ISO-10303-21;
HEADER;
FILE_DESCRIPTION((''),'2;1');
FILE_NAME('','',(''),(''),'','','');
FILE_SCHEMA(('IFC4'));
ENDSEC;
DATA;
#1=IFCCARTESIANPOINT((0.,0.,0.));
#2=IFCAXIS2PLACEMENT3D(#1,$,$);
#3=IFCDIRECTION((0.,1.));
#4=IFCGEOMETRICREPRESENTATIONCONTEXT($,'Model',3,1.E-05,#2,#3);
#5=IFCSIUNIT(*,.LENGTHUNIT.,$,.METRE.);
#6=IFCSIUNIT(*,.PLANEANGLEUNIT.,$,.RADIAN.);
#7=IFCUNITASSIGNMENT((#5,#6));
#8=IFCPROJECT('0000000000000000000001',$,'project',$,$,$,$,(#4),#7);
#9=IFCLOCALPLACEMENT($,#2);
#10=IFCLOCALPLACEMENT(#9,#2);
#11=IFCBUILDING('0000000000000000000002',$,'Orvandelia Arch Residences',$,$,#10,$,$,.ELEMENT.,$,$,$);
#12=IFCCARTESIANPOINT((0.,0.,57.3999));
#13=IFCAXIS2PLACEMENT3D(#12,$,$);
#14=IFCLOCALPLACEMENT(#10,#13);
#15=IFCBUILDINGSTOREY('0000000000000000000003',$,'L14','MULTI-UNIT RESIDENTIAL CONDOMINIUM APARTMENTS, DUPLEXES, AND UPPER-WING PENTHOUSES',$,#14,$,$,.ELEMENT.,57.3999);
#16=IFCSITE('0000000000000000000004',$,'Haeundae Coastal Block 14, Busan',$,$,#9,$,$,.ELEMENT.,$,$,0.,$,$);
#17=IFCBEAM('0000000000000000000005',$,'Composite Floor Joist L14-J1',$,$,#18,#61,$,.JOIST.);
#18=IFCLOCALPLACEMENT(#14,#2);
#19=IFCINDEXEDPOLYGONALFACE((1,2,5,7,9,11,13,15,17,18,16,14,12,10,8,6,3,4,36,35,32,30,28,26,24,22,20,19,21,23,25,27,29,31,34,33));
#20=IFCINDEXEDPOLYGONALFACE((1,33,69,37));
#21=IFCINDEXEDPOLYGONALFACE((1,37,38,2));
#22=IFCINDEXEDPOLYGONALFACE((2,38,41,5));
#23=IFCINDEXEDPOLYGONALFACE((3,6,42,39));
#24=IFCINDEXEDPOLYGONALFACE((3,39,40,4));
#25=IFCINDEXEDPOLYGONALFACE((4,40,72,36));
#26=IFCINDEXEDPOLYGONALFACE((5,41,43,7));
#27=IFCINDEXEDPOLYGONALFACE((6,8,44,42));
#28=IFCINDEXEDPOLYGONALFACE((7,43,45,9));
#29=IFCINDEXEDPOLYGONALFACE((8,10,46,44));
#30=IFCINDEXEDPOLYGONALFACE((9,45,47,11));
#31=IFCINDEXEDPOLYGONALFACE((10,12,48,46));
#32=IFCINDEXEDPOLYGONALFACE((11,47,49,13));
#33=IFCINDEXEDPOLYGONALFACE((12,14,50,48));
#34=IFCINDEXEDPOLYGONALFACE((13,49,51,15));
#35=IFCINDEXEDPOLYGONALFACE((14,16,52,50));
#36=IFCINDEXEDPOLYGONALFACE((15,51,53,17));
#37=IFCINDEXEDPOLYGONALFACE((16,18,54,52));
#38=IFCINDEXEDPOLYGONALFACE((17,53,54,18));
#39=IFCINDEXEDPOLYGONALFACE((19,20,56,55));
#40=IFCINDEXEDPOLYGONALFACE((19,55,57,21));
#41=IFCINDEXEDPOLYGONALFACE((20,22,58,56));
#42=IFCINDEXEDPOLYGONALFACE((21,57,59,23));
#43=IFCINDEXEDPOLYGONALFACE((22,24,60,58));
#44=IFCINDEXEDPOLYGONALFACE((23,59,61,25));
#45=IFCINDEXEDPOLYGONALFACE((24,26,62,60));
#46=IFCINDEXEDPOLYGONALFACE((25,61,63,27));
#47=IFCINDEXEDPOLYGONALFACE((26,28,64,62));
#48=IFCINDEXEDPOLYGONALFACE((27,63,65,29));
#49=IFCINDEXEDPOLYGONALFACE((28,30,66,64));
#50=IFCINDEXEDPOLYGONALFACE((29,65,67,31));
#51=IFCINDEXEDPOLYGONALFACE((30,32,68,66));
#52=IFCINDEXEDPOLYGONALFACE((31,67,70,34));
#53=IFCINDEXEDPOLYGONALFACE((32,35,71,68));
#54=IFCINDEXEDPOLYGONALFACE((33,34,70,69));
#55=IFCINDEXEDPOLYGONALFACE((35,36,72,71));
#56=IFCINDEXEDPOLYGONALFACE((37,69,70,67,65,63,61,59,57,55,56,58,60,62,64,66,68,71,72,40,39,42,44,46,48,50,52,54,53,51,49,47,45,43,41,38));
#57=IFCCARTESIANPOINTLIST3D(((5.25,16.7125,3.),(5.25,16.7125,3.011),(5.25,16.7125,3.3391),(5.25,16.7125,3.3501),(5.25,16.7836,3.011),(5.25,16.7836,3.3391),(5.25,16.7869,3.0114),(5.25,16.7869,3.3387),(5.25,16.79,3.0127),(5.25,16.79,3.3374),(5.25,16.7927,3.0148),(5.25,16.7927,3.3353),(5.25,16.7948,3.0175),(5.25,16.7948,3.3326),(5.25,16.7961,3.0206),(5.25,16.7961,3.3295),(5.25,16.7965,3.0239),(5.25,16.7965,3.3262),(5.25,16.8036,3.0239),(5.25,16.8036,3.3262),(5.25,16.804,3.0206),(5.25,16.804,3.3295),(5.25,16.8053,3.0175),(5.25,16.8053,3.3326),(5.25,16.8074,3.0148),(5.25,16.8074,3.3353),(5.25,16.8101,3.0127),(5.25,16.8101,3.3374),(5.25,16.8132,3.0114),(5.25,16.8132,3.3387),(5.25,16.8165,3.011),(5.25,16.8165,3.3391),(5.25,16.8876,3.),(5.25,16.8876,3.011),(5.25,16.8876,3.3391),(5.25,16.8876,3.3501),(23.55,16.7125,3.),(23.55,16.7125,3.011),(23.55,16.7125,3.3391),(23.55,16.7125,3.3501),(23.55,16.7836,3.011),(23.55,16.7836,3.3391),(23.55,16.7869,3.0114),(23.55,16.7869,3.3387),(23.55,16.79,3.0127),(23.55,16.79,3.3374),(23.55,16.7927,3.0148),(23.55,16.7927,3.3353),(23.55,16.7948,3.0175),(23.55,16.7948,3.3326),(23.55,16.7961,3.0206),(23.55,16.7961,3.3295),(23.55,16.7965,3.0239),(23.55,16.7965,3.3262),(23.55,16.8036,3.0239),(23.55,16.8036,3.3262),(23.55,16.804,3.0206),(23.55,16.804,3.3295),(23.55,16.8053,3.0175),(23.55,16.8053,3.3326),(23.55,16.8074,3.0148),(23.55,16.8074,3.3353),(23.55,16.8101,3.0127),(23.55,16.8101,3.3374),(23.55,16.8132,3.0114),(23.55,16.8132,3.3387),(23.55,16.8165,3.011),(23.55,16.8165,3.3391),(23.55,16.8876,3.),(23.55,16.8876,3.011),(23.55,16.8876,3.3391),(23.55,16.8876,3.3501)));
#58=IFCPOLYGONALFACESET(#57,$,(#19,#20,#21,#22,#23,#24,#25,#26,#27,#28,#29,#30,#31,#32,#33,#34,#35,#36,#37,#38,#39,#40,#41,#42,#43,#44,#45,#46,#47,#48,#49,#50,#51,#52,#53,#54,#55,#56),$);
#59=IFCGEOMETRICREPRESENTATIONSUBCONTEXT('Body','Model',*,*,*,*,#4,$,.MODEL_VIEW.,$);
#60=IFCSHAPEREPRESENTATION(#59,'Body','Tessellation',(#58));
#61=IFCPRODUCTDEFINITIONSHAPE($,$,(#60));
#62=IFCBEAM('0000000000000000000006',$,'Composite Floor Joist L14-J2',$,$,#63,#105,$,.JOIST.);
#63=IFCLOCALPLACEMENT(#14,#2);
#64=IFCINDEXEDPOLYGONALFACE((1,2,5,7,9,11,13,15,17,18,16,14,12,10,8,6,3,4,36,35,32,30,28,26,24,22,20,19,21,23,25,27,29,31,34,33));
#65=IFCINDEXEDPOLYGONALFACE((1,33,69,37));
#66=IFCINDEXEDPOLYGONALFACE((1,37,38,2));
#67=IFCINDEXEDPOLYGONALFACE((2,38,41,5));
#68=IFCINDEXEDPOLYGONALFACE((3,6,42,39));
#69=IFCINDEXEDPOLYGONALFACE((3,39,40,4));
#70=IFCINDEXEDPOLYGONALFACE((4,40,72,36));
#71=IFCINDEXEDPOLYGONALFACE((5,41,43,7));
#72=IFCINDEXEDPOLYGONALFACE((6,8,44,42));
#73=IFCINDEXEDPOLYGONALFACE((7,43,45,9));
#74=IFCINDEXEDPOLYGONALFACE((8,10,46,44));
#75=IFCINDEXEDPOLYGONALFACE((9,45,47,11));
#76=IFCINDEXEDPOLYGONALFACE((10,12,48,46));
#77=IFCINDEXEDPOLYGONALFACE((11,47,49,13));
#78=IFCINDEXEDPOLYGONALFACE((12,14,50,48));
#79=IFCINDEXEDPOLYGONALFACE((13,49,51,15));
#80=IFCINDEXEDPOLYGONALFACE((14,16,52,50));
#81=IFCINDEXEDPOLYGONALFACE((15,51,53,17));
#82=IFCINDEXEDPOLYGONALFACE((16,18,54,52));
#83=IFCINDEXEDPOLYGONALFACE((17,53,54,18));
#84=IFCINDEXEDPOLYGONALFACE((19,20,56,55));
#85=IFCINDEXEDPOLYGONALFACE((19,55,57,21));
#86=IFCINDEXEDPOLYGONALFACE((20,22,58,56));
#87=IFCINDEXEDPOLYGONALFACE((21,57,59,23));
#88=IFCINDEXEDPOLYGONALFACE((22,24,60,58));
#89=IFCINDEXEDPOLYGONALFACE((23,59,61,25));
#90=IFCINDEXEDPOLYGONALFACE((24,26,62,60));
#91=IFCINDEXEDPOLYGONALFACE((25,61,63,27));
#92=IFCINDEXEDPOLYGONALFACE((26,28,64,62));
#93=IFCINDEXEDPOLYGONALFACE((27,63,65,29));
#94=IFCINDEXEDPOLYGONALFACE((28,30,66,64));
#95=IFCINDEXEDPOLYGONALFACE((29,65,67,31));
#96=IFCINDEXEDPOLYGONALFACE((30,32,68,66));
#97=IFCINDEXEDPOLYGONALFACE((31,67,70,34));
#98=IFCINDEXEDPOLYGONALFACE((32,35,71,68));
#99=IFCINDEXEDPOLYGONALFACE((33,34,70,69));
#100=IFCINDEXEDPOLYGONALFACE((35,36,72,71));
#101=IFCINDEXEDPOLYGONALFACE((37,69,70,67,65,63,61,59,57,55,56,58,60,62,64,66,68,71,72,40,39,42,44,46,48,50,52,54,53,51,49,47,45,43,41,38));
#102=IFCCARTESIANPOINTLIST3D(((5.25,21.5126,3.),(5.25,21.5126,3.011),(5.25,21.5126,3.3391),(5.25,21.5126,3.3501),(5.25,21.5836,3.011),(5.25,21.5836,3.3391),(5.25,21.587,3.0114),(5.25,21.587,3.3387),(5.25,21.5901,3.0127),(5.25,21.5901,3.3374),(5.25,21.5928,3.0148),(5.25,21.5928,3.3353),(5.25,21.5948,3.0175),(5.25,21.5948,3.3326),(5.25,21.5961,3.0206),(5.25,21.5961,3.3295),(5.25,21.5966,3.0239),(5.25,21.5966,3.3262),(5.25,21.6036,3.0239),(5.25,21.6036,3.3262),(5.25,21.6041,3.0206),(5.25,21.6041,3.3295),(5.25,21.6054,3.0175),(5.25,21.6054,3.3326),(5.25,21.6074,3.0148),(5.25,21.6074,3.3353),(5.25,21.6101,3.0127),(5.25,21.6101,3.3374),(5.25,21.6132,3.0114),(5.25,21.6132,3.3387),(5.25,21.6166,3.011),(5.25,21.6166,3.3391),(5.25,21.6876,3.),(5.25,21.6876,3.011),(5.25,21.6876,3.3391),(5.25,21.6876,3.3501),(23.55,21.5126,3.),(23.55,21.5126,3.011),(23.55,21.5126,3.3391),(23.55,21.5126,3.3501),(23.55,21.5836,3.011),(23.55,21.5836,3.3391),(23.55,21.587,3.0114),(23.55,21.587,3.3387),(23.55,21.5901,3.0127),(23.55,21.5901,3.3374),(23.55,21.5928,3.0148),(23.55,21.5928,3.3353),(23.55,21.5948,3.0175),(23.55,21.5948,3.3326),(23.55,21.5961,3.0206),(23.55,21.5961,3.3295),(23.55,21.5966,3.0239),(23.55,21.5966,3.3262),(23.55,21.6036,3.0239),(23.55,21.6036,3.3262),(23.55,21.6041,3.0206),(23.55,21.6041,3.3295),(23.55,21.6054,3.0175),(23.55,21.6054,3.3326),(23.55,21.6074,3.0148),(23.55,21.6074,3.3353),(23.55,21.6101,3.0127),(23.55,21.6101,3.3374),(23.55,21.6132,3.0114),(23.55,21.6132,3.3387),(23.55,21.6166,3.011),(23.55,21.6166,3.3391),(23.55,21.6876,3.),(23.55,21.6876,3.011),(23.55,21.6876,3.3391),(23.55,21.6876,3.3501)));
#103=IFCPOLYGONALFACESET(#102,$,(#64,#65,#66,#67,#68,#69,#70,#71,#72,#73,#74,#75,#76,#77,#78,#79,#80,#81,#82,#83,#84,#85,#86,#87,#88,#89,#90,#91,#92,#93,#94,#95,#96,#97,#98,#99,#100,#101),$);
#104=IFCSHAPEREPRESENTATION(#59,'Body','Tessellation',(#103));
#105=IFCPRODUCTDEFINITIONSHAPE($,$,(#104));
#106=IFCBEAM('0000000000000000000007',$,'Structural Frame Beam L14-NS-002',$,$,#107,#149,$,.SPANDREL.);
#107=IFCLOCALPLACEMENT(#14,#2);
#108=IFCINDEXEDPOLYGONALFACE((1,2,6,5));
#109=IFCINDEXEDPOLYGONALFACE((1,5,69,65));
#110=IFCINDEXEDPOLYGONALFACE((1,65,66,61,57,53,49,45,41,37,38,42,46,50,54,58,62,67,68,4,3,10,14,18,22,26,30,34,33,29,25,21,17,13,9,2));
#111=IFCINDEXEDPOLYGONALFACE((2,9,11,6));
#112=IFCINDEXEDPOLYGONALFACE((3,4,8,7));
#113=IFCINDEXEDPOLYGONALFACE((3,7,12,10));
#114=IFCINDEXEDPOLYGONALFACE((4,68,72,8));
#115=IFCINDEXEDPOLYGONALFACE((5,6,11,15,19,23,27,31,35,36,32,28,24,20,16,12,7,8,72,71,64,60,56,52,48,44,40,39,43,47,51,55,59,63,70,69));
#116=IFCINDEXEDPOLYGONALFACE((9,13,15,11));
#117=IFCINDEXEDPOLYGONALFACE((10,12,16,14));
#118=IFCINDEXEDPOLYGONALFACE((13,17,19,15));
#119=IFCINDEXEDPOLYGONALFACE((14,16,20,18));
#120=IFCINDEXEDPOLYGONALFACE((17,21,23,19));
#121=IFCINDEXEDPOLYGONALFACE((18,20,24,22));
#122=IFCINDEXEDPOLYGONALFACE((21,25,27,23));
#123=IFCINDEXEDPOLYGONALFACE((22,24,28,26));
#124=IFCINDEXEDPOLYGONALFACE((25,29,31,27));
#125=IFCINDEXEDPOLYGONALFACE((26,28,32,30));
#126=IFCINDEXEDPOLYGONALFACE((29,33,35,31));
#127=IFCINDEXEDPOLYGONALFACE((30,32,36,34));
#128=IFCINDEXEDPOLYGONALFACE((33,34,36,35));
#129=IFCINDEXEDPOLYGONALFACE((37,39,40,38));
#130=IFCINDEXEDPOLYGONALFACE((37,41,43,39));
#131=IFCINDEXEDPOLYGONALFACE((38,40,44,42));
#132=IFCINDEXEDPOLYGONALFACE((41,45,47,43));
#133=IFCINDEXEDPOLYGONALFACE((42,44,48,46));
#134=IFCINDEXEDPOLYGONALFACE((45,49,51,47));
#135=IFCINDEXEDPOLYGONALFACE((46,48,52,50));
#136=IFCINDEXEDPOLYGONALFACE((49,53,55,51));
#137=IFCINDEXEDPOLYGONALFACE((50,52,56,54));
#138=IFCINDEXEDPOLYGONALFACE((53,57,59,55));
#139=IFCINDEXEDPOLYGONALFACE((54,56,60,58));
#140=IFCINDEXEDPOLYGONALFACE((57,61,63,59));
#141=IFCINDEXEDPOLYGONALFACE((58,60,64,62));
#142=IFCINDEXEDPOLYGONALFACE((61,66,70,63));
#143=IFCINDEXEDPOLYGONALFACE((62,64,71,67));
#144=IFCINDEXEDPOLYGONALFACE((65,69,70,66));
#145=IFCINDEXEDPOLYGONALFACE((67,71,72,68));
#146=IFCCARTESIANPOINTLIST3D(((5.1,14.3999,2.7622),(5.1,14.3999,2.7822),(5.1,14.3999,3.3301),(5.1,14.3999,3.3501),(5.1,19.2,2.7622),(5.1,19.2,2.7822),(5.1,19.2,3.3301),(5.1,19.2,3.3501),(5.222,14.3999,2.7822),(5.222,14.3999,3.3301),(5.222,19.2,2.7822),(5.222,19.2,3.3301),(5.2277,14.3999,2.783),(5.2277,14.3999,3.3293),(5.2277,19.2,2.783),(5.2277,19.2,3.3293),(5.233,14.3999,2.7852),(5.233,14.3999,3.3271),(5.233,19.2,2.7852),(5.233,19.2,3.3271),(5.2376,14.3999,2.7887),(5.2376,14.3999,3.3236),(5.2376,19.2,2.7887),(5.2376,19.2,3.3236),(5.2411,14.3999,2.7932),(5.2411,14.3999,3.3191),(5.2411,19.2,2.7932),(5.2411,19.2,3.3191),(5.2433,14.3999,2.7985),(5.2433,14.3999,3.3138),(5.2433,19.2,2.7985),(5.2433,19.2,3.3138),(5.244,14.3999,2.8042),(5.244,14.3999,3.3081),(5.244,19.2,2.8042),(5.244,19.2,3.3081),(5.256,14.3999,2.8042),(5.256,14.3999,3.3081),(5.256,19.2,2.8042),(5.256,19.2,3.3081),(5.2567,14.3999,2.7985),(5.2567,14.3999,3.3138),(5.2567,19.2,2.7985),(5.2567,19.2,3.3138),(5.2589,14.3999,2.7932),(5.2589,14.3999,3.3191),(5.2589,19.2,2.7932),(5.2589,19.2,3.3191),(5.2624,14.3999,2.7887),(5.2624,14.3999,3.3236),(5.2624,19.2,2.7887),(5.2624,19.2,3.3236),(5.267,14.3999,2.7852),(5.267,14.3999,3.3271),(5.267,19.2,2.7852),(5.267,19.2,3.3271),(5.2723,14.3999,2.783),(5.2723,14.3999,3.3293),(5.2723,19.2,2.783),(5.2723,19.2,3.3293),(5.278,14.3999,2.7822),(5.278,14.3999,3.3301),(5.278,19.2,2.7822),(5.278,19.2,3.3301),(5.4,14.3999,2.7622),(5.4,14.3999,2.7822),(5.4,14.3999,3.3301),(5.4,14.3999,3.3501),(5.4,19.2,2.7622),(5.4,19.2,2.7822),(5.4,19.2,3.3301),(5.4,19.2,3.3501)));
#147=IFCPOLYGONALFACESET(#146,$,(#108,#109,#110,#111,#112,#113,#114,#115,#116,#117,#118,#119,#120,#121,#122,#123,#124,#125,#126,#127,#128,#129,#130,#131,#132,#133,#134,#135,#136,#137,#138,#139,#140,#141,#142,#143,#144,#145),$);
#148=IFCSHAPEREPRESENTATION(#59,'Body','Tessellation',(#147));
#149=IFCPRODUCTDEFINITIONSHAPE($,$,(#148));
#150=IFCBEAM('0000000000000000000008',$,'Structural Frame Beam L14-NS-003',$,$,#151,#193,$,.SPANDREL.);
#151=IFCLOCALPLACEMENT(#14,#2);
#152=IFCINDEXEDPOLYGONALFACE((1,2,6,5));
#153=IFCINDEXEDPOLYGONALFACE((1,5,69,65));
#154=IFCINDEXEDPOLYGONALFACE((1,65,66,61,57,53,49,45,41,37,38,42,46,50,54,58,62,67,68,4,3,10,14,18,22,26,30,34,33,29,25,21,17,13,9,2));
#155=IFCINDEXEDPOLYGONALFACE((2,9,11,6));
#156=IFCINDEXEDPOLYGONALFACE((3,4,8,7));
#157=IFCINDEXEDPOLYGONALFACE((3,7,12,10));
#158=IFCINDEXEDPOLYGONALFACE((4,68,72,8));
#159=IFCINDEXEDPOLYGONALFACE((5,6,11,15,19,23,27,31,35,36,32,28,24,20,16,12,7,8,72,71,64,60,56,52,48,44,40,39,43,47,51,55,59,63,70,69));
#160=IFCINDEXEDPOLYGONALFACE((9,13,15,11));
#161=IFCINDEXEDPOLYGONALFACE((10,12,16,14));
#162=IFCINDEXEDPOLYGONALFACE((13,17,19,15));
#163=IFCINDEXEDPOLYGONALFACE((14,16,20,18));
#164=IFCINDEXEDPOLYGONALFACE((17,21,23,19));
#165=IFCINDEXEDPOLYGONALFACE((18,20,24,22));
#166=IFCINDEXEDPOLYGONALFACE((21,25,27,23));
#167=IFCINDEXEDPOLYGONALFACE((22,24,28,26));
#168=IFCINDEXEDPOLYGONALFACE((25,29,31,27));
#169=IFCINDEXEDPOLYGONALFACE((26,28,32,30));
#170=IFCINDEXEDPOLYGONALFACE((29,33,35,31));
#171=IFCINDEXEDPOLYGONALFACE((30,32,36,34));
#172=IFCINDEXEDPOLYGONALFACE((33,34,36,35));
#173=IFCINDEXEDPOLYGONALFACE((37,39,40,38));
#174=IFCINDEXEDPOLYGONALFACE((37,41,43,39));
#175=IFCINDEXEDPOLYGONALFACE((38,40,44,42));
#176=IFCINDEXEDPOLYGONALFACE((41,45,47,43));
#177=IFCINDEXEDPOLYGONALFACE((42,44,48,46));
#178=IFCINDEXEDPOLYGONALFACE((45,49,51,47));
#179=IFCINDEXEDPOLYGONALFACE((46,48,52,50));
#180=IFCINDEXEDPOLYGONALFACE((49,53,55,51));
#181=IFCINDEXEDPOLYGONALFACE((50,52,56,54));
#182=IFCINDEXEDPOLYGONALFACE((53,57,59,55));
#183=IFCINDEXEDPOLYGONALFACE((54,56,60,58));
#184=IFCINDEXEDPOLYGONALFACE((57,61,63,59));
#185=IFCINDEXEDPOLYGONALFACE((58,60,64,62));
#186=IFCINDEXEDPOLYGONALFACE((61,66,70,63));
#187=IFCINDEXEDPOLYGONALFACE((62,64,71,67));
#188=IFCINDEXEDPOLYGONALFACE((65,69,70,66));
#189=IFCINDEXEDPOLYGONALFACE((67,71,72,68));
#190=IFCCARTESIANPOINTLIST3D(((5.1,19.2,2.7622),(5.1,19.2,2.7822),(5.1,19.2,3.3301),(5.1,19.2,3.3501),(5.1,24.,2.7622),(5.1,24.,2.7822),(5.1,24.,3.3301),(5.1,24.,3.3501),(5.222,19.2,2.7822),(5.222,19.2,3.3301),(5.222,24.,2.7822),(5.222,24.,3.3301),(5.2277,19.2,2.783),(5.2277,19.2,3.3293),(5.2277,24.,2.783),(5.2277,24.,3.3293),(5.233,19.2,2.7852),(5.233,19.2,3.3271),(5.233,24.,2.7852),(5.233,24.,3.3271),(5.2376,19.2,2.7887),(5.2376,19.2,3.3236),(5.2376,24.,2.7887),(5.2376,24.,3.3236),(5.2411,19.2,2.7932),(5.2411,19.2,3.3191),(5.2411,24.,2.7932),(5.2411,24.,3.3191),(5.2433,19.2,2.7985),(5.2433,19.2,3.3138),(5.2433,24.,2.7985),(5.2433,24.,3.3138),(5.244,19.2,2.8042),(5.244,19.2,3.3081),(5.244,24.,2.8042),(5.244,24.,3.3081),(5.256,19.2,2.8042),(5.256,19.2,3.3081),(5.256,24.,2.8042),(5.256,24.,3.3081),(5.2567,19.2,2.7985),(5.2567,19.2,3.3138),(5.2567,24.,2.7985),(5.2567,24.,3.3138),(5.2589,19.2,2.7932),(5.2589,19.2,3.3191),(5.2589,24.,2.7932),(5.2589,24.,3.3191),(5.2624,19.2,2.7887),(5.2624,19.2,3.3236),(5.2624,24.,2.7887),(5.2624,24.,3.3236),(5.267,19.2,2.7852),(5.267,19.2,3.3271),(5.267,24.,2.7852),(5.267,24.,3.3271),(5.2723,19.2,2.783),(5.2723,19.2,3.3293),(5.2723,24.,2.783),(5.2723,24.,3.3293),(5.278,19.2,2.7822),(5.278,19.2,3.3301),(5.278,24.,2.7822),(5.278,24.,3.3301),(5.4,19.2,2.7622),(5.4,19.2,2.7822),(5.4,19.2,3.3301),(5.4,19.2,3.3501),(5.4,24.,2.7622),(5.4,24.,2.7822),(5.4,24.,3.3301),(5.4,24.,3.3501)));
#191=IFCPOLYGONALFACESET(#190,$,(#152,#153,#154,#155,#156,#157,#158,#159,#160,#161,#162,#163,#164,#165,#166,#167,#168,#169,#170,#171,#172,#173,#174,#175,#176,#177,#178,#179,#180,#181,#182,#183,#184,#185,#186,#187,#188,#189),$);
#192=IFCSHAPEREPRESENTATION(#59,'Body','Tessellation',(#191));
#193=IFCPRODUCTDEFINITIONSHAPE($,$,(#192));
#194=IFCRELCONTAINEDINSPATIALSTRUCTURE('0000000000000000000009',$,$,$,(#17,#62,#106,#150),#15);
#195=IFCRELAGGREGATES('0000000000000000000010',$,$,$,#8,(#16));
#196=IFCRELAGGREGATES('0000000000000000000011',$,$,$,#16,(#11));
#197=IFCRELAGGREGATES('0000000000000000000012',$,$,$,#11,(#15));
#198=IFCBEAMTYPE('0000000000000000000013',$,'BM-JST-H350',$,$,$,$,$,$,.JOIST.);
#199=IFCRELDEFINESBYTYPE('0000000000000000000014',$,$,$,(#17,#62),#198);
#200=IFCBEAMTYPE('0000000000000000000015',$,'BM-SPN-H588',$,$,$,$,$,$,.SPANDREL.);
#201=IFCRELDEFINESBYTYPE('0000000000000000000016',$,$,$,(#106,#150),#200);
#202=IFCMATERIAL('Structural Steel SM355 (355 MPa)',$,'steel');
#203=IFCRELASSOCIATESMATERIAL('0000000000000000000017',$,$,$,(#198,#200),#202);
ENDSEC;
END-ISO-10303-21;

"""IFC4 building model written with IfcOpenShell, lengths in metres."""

from ifc_helpers import new_model, si_unit, direction, frame, origin, origin_2d, place, context, subcontext, project, spatial, i_section, extrude, material, material_profile, profile_set, type_object, element, save


model = new_model("IFC4")

# Units and contexts
model_context = context("Model", 3, precision=1e-05, world=origin(), true_north=direction((0.0, 1.0)))
body_context = subcontext(model_context, "Body", "Model", "MODEL_VIEW")
ifc_project = project(units=[si_unit("LENGTHUNIT", "METRE"), si_unit("PLANEANGLEUNIT", "RADIAN")], contexts=[model_context])

# Site, building, storey
site_placement = place(None, origin())
site = spatial("IfcSite", under=ifc_project, at=site_placement, Name="Haeundae Coastal Block 14, Busan", CompositionType="ELEMENT", RefElevation=0.0)
building_placement = place(site_placement, origin())
building = spatial("IfcBuilding", under=site, at=building_placement, Name="Orvandelia Arch Residences", CompositionType="ELEMENT")
storey_placement = place(building_placement, frame((0.0, 0.0, 57.3999)))
storey = spatial("IfcBuildingStorey", under=building, at=storey_placement, Name="L14", Description="MULTI-UNIT RESIDENTIAL CONDOMINIUM APARTMENTS, DUPLEXES, AND UPPER-WING PENTHOUSES", CompositionType="ELEMENT", Elevation=57.3999)

# Beams
ifc_material_1 = material(Name="Structural Steel SM355 (355 MPa)", Category="steel")
ifc_material_profile_1 = material_profile(ifc_material_1, i_section(OverallWidth=0.175, OverallDepth=0.3501, WebThickness=0.0071, FlangeThickness=0.011, FilletRadius=0.0129, at=origin_2d()), Name="Structural Steel SM355 (355 MPa)", Category="steel")
ifc_profile_set_1 = profile_set([ifc_material_profile_1], Name="Structural Steel SM355 (355 MPa)")
beam_type_1 = type_object("IfcBeamType", Name="BM-JST-H350", PredefinedType="JOIST", material=ifc_profile_set_1)
for number, where, z_axis, x_axis, name in (
    (1, (5.25, 16.8, 3.175), (1.0, 0.0, 0.0), (0.0, 1.0, 0.0), "Composite Floor Joist L14-J1"),
    (2, (5.25, 21.6001, 3.175), (1.0, 0.0, 0.0), (0.0, 1.0, 0.0), "Composite Floor Joist L14-J2"),
):
    element("IfcBeam", number, at=place(storey_placement, frame(where, z_axis=z_axis, x_axis=x_axis)), inside=storey, type_object=beam_type_1, Name=name, PredefinedType="JOIST", context=body_context, shape_type="SweptSolid", body=[
        extrude(i_section(OverallWidth=0.175, OverallDepth=0.3501, WebThickness=0.0071, FlangeThickness=0.011, FilletRadius=0.0129, at=origin_2d()), origin(), (0.0, 0.0, 1.0), 18.3),
    ])
ifc_material_profile_2 = material_profile(ifc_material_1, i_section(OverallWidth=0.3, OverallDepth=0.5879, WebThickness=0.012, FlangeThickness=0.02, FilletRadius=0.022, at=origin_2d()), Name="Structural Steel SM355 (355 MPa)", Category="steel")
ifc_profile_set_2 = profile_set([ifc_material_profile_2], Name="Structural Steel SM355 (355 MPa)")
beam_type_2 = type_object("IfcBeamType", Name="BM-SPN-H588", PredefinedType="SPANDREL", material=ifc_profile_set_2)
for number, where, z_axis, x_axis, name in (
    (3, (5.25, 14.3999, 3.0562), (0.0, 1.0, 0.0), (-1.0, 0.0, 0.0), "Structural Frame Beam L14-NS-002"),
    (4, (5.25, 19.2, 3.0562), (0.0, 1.0, 0.0), (-1.0, 0.0, 0.0), "Structural Frame Beam L14-NS-003"),
):
    element("IfcBeam", number, at=place(storey_placement, frame(where, z_axis=z_axis, x_axis=x_axis)), inside=storey, type_object=beam_type_2, Name=name, PredefinedType="SPANDREL", context=body_context, shape_type="SweptSolid", body=[
        extrude(i_section(OverallWidth=0.3, OverallDepth=0.5879, WebThickness=0.012, FlangeThickness=0.02, FilletRadius=0.022, at=origin_2d()), origin(), (0.0, 0.0, 1.0), 4.8),
    ])

save(model, "model.ifc")
